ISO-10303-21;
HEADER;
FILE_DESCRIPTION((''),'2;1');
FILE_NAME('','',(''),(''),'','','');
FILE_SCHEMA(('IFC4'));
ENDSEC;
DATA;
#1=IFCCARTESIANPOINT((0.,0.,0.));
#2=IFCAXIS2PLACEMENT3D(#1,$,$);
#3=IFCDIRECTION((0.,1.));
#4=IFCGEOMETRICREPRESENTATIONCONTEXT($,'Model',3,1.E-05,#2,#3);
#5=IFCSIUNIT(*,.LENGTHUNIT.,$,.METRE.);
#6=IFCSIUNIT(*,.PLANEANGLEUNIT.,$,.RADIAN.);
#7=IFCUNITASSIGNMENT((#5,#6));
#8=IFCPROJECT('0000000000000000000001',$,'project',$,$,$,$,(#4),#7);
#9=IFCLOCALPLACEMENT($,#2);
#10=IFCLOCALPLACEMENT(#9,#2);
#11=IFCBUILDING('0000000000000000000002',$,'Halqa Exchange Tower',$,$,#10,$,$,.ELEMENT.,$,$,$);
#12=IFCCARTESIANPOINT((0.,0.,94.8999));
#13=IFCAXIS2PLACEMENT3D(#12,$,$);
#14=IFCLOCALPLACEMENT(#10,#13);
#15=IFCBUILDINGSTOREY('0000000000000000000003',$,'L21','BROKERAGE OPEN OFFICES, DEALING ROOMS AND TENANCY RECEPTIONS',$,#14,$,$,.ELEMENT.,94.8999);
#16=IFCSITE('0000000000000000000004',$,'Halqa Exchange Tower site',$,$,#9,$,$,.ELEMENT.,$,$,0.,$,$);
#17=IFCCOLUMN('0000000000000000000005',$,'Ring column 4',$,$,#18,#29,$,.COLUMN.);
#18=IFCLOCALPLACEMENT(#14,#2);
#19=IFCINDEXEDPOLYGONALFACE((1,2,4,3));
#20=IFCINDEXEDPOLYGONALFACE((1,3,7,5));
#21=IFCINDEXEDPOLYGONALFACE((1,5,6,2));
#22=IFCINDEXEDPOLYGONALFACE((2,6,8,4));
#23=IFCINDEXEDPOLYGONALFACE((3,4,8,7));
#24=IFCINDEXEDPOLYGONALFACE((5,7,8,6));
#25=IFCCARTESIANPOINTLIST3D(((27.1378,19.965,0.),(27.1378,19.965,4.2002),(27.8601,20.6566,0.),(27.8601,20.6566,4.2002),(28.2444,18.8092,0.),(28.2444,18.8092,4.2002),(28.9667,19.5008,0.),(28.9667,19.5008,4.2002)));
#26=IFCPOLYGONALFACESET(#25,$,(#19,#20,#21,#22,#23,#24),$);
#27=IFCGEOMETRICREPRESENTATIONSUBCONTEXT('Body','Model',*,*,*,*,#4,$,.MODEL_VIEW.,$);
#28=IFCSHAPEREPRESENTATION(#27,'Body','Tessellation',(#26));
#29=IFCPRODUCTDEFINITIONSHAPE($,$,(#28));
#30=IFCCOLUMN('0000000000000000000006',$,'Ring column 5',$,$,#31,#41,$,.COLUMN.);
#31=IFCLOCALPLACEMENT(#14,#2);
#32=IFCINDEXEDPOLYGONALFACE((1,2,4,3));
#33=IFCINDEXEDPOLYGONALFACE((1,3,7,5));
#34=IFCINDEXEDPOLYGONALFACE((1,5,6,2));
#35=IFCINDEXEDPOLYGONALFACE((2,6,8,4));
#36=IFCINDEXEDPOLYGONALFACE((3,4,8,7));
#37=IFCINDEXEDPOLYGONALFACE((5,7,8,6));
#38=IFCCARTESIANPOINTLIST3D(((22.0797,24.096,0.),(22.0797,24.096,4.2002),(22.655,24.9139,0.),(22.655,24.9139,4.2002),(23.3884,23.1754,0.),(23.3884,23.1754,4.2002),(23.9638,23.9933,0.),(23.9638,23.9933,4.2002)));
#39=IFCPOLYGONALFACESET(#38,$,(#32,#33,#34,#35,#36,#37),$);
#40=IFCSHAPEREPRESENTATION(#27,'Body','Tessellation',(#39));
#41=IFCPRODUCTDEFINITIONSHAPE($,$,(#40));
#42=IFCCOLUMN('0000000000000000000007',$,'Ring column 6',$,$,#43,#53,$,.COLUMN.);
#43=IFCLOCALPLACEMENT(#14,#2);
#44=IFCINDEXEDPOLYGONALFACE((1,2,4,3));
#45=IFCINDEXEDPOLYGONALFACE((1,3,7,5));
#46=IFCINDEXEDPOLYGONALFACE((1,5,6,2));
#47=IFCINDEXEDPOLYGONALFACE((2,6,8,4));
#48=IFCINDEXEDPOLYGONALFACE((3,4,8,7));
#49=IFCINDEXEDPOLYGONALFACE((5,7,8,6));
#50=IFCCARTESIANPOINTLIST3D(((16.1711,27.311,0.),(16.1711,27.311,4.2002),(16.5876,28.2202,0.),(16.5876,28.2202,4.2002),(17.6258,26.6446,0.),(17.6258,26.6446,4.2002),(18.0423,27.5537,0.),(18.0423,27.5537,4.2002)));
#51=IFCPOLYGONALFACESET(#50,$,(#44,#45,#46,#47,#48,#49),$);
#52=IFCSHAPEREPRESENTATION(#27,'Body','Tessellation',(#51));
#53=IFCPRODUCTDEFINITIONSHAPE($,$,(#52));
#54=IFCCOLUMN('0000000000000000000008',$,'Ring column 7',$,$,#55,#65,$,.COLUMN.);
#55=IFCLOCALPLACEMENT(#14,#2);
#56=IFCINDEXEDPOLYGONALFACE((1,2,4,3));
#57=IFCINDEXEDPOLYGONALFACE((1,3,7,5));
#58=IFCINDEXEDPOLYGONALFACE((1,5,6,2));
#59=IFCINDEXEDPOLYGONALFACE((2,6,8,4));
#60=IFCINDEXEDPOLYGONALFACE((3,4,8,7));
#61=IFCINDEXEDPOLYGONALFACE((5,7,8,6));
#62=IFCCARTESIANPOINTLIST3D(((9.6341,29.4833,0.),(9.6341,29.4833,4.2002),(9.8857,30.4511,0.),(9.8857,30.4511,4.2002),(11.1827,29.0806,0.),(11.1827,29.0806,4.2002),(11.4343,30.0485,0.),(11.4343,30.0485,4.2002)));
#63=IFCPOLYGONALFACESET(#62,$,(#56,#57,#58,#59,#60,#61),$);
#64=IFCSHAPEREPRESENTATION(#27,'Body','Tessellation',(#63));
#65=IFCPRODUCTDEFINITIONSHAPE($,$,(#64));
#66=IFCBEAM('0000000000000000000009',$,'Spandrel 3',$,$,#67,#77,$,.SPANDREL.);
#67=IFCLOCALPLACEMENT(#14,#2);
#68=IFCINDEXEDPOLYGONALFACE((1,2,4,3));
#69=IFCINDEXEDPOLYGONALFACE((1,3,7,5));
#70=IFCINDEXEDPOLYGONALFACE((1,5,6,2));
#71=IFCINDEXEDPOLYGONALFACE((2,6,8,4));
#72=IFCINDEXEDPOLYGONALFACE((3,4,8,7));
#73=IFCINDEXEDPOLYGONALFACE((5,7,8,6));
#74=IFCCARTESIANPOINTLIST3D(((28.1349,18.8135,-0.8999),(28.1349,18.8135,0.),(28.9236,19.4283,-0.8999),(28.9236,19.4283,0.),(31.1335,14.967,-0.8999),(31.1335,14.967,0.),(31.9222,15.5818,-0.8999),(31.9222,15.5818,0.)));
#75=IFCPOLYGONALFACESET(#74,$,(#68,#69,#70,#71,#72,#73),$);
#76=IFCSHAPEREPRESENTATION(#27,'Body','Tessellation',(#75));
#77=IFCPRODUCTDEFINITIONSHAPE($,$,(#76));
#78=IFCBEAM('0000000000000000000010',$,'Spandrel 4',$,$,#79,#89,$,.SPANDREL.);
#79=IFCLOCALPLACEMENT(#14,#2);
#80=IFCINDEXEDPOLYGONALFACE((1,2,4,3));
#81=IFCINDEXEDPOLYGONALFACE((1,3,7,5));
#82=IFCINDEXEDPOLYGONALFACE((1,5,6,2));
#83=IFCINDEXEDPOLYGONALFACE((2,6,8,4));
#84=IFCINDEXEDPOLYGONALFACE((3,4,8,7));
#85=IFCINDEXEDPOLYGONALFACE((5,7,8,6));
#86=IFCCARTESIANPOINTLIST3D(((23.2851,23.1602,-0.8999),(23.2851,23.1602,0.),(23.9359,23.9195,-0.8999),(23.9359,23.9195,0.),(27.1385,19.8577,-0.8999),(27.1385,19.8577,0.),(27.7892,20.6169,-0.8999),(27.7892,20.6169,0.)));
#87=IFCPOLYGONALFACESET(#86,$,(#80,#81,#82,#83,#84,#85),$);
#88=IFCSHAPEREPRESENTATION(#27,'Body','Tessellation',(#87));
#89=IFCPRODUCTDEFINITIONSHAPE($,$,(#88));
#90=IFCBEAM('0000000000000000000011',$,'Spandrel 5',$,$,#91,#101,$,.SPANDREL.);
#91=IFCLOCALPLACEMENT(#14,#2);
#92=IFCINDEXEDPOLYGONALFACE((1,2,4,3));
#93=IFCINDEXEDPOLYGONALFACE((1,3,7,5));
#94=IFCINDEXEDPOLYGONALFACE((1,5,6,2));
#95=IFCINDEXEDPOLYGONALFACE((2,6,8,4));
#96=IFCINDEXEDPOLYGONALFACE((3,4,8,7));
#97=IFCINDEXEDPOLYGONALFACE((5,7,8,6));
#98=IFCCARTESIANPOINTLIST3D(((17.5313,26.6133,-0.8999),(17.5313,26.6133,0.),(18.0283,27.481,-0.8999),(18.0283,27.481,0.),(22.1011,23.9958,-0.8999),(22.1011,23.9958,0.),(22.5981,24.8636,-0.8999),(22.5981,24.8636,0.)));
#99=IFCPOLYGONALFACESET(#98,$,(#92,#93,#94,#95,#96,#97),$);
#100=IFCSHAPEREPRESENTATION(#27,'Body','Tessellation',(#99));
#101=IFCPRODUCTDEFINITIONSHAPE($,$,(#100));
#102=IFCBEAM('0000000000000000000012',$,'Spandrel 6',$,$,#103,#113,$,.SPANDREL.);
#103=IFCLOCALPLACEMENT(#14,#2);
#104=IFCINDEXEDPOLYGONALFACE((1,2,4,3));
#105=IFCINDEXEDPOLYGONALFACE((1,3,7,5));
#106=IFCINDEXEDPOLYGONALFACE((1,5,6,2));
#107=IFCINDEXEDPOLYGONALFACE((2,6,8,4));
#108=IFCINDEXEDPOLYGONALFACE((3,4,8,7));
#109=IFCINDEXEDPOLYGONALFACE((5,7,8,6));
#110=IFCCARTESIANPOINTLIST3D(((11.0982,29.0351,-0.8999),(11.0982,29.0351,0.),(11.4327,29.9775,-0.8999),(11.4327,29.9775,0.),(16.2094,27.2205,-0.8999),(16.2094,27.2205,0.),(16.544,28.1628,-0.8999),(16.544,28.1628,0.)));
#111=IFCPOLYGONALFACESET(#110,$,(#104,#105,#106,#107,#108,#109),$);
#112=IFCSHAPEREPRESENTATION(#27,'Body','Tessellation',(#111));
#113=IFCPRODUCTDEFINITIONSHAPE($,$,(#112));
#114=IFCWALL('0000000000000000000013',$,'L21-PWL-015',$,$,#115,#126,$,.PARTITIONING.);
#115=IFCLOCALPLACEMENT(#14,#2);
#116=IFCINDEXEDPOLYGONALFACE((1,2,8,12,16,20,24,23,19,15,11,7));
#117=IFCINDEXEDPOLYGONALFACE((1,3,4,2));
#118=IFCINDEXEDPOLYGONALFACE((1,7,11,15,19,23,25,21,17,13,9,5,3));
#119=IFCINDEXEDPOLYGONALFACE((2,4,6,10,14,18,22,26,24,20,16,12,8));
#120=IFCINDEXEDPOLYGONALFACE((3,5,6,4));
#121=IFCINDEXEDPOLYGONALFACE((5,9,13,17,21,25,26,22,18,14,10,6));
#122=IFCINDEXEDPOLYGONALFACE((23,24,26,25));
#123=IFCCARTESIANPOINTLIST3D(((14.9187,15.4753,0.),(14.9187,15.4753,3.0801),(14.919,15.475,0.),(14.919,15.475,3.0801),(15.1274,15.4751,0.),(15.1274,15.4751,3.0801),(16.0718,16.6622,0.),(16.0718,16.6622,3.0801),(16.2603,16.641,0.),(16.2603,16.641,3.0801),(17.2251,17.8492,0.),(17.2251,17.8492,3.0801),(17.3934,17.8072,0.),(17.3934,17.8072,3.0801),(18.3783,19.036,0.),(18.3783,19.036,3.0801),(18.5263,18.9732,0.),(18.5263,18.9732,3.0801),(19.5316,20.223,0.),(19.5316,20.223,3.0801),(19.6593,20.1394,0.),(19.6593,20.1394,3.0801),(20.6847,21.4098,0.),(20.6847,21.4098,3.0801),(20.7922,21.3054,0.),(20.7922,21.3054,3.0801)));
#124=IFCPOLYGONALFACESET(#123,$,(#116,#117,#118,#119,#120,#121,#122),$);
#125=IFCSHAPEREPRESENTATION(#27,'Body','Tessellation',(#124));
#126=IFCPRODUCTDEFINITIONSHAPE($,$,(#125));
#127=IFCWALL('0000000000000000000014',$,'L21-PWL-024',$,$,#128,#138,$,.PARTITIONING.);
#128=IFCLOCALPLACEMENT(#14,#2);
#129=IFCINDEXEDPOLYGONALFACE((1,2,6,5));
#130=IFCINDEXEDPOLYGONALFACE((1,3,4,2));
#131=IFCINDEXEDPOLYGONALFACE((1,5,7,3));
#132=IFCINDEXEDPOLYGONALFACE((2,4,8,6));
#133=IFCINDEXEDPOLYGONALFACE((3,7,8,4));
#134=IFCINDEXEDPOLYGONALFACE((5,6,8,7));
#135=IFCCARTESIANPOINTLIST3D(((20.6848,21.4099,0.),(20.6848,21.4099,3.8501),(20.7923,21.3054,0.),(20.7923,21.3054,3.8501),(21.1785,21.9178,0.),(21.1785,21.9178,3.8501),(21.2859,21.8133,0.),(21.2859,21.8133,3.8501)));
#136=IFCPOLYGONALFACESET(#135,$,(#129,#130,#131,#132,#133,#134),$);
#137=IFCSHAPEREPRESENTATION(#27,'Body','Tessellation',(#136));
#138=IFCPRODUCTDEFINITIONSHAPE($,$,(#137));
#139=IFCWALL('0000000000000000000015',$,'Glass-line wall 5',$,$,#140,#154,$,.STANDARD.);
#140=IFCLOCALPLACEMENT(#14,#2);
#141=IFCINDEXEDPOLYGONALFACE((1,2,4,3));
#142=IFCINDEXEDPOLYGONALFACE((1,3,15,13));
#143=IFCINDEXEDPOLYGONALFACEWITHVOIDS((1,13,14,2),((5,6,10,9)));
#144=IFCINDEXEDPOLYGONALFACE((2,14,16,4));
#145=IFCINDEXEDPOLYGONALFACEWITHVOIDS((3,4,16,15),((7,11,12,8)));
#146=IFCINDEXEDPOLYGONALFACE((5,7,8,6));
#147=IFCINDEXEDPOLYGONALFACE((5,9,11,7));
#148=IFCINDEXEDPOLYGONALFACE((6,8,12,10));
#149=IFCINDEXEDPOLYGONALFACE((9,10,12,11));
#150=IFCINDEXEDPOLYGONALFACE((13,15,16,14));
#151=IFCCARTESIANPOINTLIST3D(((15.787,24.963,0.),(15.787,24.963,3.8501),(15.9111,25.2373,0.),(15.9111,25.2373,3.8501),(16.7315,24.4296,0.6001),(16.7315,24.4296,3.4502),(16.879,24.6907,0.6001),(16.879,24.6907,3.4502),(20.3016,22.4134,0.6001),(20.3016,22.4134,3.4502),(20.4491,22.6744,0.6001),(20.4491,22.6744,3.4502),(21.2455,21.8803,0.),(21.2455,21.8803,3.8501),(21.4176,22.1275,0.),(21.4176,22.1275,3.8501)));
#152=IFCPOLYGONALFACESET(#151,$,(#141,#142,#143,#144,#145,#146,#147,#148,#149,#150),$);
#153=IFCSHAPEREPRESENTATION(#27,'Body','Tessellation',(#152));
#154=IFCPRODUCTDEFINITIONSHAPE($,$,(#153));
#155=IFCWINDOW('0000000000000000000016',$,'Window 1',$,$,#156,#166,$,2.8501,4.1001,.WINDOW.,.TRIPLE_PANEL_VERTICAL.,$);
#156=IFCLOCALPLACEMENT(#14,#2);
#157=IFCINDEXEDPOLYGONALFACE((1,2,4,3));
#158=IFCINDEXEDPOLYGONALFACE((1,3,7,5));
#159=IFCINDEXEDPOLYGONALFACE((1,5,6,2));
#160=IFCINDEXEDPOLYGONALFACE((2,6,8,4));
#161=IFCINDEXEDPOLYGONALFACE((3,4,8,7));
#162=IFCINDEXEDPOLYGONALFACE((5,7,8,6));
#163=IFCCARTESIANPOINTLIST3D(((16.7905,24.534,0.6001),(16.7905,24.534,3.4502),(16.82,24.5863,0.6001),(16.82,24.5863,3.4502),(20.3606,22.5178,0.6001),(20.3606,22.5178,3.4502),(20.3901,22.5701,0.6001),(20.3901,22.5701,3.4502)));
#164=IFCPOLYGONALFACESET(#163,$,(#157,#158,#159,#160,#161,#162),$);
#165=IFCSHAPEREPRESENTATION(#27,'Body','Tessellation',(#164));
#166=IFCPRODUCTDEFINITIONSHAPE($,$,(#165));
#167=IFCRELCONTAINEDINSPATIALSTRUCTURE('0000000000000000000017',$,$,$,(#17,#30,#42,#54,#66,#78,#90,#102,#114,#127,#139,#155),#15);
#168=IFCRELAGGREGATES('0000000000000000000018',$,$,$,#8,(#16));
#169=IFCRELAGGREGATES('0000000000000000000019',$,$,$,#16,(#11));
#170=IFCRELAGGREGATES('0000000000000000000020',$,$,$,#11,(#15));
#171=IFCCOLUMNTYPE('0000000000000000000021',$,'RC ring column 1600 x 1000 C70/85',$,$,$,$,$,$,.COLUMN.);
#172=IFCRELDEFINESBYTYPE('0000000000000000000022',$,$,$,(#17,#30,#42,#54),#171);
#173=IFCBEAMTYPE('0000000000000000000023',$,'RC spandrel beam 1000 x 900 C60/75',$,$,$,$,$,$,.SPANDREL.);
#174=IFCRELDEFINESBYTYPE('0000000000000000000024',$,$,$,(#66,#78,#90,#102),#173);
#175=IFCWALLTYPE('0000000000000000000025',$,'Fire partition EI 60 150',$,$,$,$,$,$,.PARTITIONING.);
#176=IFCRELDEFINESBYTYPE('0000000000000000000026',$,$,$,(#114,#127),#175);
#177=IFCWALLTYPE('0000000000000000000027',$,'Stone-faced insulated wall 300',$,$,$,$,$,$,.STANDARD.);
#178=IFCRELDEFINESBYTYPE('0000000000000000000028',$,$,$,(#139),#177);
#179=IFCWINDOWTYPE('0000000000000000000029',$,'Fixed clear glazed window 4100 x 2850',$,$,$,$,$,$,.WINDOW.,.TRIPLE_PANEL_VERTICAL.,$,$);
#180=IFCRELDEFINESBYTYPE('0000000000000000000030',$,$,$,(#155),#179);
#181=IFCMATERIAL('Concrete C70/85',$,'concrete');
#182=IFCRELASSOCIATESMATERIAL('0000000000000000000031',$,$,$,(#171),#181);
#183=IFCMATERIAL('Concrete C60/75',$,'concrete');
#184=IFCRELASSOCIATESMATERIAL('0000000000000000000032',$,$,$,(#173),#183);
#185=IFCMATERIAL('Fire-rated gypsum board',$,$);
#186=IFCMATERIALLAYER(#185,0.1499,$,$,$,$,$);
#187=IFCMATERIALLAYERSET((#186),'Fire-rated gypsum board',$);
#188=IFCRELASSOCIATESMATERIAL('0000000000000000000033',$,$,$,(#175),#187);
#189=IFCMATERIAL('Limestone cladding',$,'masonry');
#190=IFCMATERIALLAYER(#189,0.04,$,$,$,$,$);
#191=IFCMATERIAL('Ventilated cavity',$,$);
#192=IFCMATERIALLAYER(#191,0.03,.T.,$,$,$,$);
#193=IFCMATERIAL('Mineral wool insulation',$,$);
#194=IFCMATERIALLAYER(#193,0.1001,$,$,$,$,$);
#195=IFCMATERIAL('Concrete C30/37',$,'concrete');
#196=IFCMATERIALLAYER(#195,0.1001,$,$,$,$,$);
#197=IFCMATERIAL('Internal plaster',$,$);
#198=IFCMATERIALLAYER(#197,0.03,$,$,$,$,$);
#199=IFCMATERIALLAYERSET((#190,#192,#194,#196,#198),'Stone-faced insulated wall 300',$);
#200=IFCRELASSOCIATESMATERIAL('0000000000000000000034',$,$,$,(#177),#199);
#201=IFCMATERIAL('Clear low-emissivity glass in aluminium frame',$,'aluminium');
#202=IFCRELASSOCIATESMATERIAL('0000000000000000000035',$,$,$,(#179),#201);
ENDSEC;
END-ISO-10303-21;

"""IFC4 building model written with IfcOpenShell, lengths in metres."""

from ifc_helpers import new_model, si_unit, direction, frame, frame_2d, origin, origin_2d, place, context, subcontext, project, spatial, polyline, rectangle, outline, extrude, material, layer, layer_set, material_profile, profile_set, type_object, element, fill, save


model = new_model("IFC4")

# Units and contexts
model_context = context("Model", 3, precision=1e-05, world=origin(), true_north=direction((0.0, 1.0)))
body_context = subcontext(model_context, "Body", "Model", "MODEL_VIEW")
ifc_project = project(units=[si_unit("LENGTHUNIT", "METRE"), si_unit("PLANEANGLEUNIT", "RADIAN")], contexts=[model_context])

# Site, building, storey
site_placement = place(None, origin())
site = spatial("IfcSite", under=ifc_project, at=site_placement, Name="Halqa Exchange Tower site", CompositionType="ELEMENT", RefElevation=0.0)
building_placement = place(site_placement, origin())
building = spatial("IfcBuilding", under=site, at=building_placement, Name="Halqa Exchange Tower", CompositionType="ELEMENT")
storey_placement = place(building_placement, frame((0.0, 0.0, 94.8999)))
storey = spatial("IfcBuildingStorey", under=building, at=storey_placement, Name="L21", Description="BROKERAGE OPEN OFFICES, DEALING ROOMS AND TENANCY RECEPTIONS", CompositionType="ELEMENT", Elevation=94.8999)

# Columns
ifc_material_1 = material(Name="Concrete C70/85", Category="concrete")
ifc_material_profile_1 = material_profile(ifc_material_1, rectangle(XDim=1.6001, YDim=1.0, at=origin_2d()), Name="1600 x 1000")
ifc_profile_set_1 = profile_set([ifc_material_profile_1], Name="Concrete C70/85")
column_type = type_object("IfcColumnType", Name="RC ring column 1600 x 1000 C70/85", PredefinedType="COLUMN", material=ifc_profile_set_1)
for number, where, z_axis, x_axis, name in (
    (1, (28.0522, 19.7329, 0.0), (0.0, 0.0, 1.0), (-0.691576, 0.722304, 0.0), "Ring column 4"),
    (2, (23.0217, 24.0447, 0.0), (0.0, 0.0, 1.0), (-0.817909, 0.575348, 0.0), "Ring column 5"),
    (3, (17.1067, 27.4324, 0.0), (0.0, 0.0, 1.0), (-0.909126, 0.41652, 0.0), "Ring column 6"),
    (4, (10.5342, 29.7659, 0.0), (0.0, 0.0, 1.0), (-0.96782, 0.251644, 0.0), "Ring column 7"),
):
    element("IfcColumn", number, at=place(storey_placement, frame(where, z_axis=z_axis, x_axis=x_axis)), inside=storey, type_object=column_type, Name=name, PredefinedType="COLUMN", context=body_context, shape_type="SweptSolid", body=[
        extrude(rectangle(XDim=1.6001, YDim=1.0, at=origin_2d()), origin(), (0.0, 0.0, 1.0), 4.2002),
    ])

# Beams
ifc_material_2 = material(Name="Concrete C60/75", Category="concrete")
ifc_material_profile_2 = material_profile(ifc_material_2, rectangle(XDim=1.0, YDim=0.8999, at=origin_2d()), Name="1000 x 900")
ifc_profile_set_2 = profile_set([ifc_material_profile_2], Name="Concrete C60/75")
beam_type = type_object("IfcBeamType", Name="RC spandrel beam 1000 x 900 C60/75", PredefinedType="SPANDREL", material=ifc_profile_set_2)
beam_1_placement = place(storey_placement, frame((31.5278, 15.2744, -0.45), z_axis=(-0.614817, 0.78867, 0.0), x_axis=(-0.78867, -0.614817, 0.0)))
element("IfcBeam", 5, at=beam_1_placement, inside=storey, type_object=beam_type, Name="Spandrel 3", PredefinedType="SPANDREL", context=body_context, shape_type="SweptSolid", body=[
    extrude(rectangle(XDim=1.0, YDim=0.8999, at=origin_2d()), origin(), (0.0, 0.0, 1.0), 4.8772),
])
beam_2_placement = place(storey_placement, frame((27.4639, 20.2373, -0.45), z_axis=(-0.759287, 0.650756, 0.0), x_axis=(-0.650756, -0.759287, 0.0)))
element("IfcBeam", 6, at=beam_2_placement, inside=storey, type_object=beam_type, Name="Spandrel 4", PredefinedType="SPANDREL", context=body_context, shape_type="SweptSolid", body=[
    extrude(rectangle(XDim=1.0, YDim=0.8999, at=origin_2d()), origin(), (0.0, 0.0, 1.0), 5.075),
])
beam_3_placement = place(storey_placement, frame((22.3496, 24.4297, -0.45), z_axis=(-0.867743, 0.497012, 0.0), x_axis=(-0.497012, -0.867743, 0.0)))
element("IfcBeam", 7, at=beam_3_placement, inside=storey, type_object=beam_type, Name="Spandrel 5", PredefinedType="SPANDREL", context=body_context, shape_type="SweptSolid", body=[
    extrude(rectangle(XDim=1.0, YDim=0.8999, at=origin_2d()), origin(), (0.0, 0.0, 1.0), 5.2664),
])
beam_4_placement = place(storey_placement, frame((16.3767, 27.6917, -0.45), z_axis=(-0.94237, 0.334574, 0.0), x_axis=(-0.334574, -0.94237, 0.0)))
element("IfcBeam", 8, at=beam_4_placement, inside=storey, type_object=beam_type, Name="Spandrel 6", PredefinedType="SPANDREL", context=body_context, shape_type="SweptSolid", body=[
    extrude(rectangle(XDim=1.0, YDim=0.8999, at=origin_2d()), origin(), (0.0, 0.0, 1.0), 5.4238),
])

# Walls
ifc_material_3 = material(Name="Fire-rated gypsum board")
ifc_layer_1 = layer(ifc_material_3, 0.1499)
ifc_layer_set_1 = layer_set([ifc_layer_1], Name="Fire-rated gypsum board")
wall_type_1 = type_object("IfcWallType", Name="Fire partition EI 60 150", PredefinedType="PARTITIONING", material=ifc_layer_set_1)
wall_1_placement = place(storey_placement, frame((14.9724, 15.4231, 0.0), z_axis=(0.0, 0.0, 1.0), x_axis=(0.696854, 0.717213, 0.0)))
element("IfcWall", 9, at=wall_1_placement, inside=storey, type_object=wall_type_1, Name="L21-PWL-015", PredefinedType="PARTITIONING", context=body_context, shape_type="SweptSolid", body=[
    extrude(outline(polyline([(0.0, 0.075), (0.0, 0.0745), (0.1453, -0.075), (1.771, -0.075), (3.397, -0.075), (5.0227, -0.075), (6.6487, -0.075), (8.2744, -0.075), (8.2744, 0.075), (6.6196, 0.075), (4.9646, 0.075), (3.3098, 0.075), (1.6548, 0.075), (0.0, 0.075)])), origin(), (0.0, 0.0, 1.0), 3.0801),
])
wall_2_placement = place(storey_placement, frame((20.7385, 21.3577, 0.0), z_axis=(0.0, 0.0, 1.0), x_axis=(0.697039, 0.717033, 0.0)))
element("IfcWall", 10, at=wall_2_placement, inside=storey, type_object=wall_type_1, Name="L21-PWL-024", PredefinedType="PARTITIONING", context=body_context, shape_type="SweptSolid", body=[
    extrude(outline(polyline([(0.0, 0.075), (0.0, -0.075), (0.7083, -0.075), (0.7083, 0.075), (0.0, 0.075)])), origin(), (0.0, 0.0, 1.0), 3.8501),
])

# Shared definitions
ifc_material_4 = material(Name="Limestone cladding", Category="masonry")
ifc_layer_2 = layer(ifc_material_4, 0.04)
ifc_material_5 = material(Name="Ventilated cavity")
ifc_layer_3 = layer(ifc_material_5, 0.03, ventilated=True)
ifc_material_6 = material(Name="Mineral wool insulation")
ifc_layer_4 = layer(ifc_material_6, 0.1001)
ifc_material_7 = material(Name="Concrete C30/37", Category="concrete")
ifc_layer_5 = layer(ifc_material_7, 0.1001)
ifc_material_8 = material(Name="Internal plaster")
ifc_layer_6 = layer(ifc_material_8, 0.03)
ifc_layer_set_2 = layer_set([ifc_layer_2, ifc_layer_3, ifc_layer_4, ifc_layer_5, ifc_layer_6], Name="Stone-faced insulated wall 300")
wall_type_2 = type_object("IfcWallType", Name="Stone-faced insulated wall 300", PredefinedType="STANDARD", material=ifc_layer_set_2)
ifc_material_9 = material(Name="Clear low-emissivity glass in aluminium frame", Category="aluminium")

# Wall, opening, window
wall_3_placement = place(storey_placement, frame((21.3315, 22.0039, 0.0), z_axis=(0.0, 0.0, 1.0), x_axis=(-0.870738, 0.491748, 0.0)))
wall_3 = element("IfcWall", 11, at=wall_3_placement, inside=storey, type_object=wall_type_2, Name="Glass-line wall 5", PredefinedType="STANDARD", context=body_context, shape_type="SweptSolid", body=[
    extrude(outline(polyline([(-0.0142, -0.1499), (6.3098, -0.1499), (6.283, 0.1499), (0.0142, 0.1499), (-0.0142, -0.1499)])), origin(), (0.0, 0.0, 1.0), 3.8501),
])
opening_1_placement = place(wall_3_placement, frame((1.0981, 0.0, 0.6001)))
opening_1 = element("IfcOpeningElement", 12, at=opening_1_placement, cuts=wall_3, PredefinedType="OPENING", context=body_context, shape_type="SweptSolid", body=[
    extrude(rectangle(XDim=4.1001, YDim=2.8501, at=frame_2d((2.05, 1.425))), frame((0.0, 0.1621, 0.0), z_axis=(0.0, -1.0, 0.0), x_axis=(1.0, 0.0, 0.0)), (0.0, 0.0, 1.0), 0.324),
])
window_type = type_object("IfcWindowType", Name="Fixed clear glazed window 4100 x 2850", PartitioningType="TRIPLE_PANEL_VERTICAL", PredefinedType="WINDOW", material=ifc_material_9)
window_1_placement = place(opening_1_placement, origin())
window_1 = element("IfcWindow", 13, at=window_1_placement, inside=storey, type_object=window_type, Name="Window 1", OverallHeight=2.8501, OverallWidth=4.1001, PartitioningType="TRIPLE_PANEL_VERTICAL", PredefinedType="WINDOW", context=body_context, shape_type="SweptSolid", body=[
    extrude(rectangle(XDim=4.1001, YDim=2.8501, at=frame_2d((2.05, 1.425))), frame((0.0, 0.03, 0.0), z_axis=(0.0, -1.0, 0.0), x_axis=(1.0, 0.0, 0.0)), (0.0, 0.0, 1.0), 0.0601),
])
fill(opening_1, window_1)

save(model, "model.ifc")
